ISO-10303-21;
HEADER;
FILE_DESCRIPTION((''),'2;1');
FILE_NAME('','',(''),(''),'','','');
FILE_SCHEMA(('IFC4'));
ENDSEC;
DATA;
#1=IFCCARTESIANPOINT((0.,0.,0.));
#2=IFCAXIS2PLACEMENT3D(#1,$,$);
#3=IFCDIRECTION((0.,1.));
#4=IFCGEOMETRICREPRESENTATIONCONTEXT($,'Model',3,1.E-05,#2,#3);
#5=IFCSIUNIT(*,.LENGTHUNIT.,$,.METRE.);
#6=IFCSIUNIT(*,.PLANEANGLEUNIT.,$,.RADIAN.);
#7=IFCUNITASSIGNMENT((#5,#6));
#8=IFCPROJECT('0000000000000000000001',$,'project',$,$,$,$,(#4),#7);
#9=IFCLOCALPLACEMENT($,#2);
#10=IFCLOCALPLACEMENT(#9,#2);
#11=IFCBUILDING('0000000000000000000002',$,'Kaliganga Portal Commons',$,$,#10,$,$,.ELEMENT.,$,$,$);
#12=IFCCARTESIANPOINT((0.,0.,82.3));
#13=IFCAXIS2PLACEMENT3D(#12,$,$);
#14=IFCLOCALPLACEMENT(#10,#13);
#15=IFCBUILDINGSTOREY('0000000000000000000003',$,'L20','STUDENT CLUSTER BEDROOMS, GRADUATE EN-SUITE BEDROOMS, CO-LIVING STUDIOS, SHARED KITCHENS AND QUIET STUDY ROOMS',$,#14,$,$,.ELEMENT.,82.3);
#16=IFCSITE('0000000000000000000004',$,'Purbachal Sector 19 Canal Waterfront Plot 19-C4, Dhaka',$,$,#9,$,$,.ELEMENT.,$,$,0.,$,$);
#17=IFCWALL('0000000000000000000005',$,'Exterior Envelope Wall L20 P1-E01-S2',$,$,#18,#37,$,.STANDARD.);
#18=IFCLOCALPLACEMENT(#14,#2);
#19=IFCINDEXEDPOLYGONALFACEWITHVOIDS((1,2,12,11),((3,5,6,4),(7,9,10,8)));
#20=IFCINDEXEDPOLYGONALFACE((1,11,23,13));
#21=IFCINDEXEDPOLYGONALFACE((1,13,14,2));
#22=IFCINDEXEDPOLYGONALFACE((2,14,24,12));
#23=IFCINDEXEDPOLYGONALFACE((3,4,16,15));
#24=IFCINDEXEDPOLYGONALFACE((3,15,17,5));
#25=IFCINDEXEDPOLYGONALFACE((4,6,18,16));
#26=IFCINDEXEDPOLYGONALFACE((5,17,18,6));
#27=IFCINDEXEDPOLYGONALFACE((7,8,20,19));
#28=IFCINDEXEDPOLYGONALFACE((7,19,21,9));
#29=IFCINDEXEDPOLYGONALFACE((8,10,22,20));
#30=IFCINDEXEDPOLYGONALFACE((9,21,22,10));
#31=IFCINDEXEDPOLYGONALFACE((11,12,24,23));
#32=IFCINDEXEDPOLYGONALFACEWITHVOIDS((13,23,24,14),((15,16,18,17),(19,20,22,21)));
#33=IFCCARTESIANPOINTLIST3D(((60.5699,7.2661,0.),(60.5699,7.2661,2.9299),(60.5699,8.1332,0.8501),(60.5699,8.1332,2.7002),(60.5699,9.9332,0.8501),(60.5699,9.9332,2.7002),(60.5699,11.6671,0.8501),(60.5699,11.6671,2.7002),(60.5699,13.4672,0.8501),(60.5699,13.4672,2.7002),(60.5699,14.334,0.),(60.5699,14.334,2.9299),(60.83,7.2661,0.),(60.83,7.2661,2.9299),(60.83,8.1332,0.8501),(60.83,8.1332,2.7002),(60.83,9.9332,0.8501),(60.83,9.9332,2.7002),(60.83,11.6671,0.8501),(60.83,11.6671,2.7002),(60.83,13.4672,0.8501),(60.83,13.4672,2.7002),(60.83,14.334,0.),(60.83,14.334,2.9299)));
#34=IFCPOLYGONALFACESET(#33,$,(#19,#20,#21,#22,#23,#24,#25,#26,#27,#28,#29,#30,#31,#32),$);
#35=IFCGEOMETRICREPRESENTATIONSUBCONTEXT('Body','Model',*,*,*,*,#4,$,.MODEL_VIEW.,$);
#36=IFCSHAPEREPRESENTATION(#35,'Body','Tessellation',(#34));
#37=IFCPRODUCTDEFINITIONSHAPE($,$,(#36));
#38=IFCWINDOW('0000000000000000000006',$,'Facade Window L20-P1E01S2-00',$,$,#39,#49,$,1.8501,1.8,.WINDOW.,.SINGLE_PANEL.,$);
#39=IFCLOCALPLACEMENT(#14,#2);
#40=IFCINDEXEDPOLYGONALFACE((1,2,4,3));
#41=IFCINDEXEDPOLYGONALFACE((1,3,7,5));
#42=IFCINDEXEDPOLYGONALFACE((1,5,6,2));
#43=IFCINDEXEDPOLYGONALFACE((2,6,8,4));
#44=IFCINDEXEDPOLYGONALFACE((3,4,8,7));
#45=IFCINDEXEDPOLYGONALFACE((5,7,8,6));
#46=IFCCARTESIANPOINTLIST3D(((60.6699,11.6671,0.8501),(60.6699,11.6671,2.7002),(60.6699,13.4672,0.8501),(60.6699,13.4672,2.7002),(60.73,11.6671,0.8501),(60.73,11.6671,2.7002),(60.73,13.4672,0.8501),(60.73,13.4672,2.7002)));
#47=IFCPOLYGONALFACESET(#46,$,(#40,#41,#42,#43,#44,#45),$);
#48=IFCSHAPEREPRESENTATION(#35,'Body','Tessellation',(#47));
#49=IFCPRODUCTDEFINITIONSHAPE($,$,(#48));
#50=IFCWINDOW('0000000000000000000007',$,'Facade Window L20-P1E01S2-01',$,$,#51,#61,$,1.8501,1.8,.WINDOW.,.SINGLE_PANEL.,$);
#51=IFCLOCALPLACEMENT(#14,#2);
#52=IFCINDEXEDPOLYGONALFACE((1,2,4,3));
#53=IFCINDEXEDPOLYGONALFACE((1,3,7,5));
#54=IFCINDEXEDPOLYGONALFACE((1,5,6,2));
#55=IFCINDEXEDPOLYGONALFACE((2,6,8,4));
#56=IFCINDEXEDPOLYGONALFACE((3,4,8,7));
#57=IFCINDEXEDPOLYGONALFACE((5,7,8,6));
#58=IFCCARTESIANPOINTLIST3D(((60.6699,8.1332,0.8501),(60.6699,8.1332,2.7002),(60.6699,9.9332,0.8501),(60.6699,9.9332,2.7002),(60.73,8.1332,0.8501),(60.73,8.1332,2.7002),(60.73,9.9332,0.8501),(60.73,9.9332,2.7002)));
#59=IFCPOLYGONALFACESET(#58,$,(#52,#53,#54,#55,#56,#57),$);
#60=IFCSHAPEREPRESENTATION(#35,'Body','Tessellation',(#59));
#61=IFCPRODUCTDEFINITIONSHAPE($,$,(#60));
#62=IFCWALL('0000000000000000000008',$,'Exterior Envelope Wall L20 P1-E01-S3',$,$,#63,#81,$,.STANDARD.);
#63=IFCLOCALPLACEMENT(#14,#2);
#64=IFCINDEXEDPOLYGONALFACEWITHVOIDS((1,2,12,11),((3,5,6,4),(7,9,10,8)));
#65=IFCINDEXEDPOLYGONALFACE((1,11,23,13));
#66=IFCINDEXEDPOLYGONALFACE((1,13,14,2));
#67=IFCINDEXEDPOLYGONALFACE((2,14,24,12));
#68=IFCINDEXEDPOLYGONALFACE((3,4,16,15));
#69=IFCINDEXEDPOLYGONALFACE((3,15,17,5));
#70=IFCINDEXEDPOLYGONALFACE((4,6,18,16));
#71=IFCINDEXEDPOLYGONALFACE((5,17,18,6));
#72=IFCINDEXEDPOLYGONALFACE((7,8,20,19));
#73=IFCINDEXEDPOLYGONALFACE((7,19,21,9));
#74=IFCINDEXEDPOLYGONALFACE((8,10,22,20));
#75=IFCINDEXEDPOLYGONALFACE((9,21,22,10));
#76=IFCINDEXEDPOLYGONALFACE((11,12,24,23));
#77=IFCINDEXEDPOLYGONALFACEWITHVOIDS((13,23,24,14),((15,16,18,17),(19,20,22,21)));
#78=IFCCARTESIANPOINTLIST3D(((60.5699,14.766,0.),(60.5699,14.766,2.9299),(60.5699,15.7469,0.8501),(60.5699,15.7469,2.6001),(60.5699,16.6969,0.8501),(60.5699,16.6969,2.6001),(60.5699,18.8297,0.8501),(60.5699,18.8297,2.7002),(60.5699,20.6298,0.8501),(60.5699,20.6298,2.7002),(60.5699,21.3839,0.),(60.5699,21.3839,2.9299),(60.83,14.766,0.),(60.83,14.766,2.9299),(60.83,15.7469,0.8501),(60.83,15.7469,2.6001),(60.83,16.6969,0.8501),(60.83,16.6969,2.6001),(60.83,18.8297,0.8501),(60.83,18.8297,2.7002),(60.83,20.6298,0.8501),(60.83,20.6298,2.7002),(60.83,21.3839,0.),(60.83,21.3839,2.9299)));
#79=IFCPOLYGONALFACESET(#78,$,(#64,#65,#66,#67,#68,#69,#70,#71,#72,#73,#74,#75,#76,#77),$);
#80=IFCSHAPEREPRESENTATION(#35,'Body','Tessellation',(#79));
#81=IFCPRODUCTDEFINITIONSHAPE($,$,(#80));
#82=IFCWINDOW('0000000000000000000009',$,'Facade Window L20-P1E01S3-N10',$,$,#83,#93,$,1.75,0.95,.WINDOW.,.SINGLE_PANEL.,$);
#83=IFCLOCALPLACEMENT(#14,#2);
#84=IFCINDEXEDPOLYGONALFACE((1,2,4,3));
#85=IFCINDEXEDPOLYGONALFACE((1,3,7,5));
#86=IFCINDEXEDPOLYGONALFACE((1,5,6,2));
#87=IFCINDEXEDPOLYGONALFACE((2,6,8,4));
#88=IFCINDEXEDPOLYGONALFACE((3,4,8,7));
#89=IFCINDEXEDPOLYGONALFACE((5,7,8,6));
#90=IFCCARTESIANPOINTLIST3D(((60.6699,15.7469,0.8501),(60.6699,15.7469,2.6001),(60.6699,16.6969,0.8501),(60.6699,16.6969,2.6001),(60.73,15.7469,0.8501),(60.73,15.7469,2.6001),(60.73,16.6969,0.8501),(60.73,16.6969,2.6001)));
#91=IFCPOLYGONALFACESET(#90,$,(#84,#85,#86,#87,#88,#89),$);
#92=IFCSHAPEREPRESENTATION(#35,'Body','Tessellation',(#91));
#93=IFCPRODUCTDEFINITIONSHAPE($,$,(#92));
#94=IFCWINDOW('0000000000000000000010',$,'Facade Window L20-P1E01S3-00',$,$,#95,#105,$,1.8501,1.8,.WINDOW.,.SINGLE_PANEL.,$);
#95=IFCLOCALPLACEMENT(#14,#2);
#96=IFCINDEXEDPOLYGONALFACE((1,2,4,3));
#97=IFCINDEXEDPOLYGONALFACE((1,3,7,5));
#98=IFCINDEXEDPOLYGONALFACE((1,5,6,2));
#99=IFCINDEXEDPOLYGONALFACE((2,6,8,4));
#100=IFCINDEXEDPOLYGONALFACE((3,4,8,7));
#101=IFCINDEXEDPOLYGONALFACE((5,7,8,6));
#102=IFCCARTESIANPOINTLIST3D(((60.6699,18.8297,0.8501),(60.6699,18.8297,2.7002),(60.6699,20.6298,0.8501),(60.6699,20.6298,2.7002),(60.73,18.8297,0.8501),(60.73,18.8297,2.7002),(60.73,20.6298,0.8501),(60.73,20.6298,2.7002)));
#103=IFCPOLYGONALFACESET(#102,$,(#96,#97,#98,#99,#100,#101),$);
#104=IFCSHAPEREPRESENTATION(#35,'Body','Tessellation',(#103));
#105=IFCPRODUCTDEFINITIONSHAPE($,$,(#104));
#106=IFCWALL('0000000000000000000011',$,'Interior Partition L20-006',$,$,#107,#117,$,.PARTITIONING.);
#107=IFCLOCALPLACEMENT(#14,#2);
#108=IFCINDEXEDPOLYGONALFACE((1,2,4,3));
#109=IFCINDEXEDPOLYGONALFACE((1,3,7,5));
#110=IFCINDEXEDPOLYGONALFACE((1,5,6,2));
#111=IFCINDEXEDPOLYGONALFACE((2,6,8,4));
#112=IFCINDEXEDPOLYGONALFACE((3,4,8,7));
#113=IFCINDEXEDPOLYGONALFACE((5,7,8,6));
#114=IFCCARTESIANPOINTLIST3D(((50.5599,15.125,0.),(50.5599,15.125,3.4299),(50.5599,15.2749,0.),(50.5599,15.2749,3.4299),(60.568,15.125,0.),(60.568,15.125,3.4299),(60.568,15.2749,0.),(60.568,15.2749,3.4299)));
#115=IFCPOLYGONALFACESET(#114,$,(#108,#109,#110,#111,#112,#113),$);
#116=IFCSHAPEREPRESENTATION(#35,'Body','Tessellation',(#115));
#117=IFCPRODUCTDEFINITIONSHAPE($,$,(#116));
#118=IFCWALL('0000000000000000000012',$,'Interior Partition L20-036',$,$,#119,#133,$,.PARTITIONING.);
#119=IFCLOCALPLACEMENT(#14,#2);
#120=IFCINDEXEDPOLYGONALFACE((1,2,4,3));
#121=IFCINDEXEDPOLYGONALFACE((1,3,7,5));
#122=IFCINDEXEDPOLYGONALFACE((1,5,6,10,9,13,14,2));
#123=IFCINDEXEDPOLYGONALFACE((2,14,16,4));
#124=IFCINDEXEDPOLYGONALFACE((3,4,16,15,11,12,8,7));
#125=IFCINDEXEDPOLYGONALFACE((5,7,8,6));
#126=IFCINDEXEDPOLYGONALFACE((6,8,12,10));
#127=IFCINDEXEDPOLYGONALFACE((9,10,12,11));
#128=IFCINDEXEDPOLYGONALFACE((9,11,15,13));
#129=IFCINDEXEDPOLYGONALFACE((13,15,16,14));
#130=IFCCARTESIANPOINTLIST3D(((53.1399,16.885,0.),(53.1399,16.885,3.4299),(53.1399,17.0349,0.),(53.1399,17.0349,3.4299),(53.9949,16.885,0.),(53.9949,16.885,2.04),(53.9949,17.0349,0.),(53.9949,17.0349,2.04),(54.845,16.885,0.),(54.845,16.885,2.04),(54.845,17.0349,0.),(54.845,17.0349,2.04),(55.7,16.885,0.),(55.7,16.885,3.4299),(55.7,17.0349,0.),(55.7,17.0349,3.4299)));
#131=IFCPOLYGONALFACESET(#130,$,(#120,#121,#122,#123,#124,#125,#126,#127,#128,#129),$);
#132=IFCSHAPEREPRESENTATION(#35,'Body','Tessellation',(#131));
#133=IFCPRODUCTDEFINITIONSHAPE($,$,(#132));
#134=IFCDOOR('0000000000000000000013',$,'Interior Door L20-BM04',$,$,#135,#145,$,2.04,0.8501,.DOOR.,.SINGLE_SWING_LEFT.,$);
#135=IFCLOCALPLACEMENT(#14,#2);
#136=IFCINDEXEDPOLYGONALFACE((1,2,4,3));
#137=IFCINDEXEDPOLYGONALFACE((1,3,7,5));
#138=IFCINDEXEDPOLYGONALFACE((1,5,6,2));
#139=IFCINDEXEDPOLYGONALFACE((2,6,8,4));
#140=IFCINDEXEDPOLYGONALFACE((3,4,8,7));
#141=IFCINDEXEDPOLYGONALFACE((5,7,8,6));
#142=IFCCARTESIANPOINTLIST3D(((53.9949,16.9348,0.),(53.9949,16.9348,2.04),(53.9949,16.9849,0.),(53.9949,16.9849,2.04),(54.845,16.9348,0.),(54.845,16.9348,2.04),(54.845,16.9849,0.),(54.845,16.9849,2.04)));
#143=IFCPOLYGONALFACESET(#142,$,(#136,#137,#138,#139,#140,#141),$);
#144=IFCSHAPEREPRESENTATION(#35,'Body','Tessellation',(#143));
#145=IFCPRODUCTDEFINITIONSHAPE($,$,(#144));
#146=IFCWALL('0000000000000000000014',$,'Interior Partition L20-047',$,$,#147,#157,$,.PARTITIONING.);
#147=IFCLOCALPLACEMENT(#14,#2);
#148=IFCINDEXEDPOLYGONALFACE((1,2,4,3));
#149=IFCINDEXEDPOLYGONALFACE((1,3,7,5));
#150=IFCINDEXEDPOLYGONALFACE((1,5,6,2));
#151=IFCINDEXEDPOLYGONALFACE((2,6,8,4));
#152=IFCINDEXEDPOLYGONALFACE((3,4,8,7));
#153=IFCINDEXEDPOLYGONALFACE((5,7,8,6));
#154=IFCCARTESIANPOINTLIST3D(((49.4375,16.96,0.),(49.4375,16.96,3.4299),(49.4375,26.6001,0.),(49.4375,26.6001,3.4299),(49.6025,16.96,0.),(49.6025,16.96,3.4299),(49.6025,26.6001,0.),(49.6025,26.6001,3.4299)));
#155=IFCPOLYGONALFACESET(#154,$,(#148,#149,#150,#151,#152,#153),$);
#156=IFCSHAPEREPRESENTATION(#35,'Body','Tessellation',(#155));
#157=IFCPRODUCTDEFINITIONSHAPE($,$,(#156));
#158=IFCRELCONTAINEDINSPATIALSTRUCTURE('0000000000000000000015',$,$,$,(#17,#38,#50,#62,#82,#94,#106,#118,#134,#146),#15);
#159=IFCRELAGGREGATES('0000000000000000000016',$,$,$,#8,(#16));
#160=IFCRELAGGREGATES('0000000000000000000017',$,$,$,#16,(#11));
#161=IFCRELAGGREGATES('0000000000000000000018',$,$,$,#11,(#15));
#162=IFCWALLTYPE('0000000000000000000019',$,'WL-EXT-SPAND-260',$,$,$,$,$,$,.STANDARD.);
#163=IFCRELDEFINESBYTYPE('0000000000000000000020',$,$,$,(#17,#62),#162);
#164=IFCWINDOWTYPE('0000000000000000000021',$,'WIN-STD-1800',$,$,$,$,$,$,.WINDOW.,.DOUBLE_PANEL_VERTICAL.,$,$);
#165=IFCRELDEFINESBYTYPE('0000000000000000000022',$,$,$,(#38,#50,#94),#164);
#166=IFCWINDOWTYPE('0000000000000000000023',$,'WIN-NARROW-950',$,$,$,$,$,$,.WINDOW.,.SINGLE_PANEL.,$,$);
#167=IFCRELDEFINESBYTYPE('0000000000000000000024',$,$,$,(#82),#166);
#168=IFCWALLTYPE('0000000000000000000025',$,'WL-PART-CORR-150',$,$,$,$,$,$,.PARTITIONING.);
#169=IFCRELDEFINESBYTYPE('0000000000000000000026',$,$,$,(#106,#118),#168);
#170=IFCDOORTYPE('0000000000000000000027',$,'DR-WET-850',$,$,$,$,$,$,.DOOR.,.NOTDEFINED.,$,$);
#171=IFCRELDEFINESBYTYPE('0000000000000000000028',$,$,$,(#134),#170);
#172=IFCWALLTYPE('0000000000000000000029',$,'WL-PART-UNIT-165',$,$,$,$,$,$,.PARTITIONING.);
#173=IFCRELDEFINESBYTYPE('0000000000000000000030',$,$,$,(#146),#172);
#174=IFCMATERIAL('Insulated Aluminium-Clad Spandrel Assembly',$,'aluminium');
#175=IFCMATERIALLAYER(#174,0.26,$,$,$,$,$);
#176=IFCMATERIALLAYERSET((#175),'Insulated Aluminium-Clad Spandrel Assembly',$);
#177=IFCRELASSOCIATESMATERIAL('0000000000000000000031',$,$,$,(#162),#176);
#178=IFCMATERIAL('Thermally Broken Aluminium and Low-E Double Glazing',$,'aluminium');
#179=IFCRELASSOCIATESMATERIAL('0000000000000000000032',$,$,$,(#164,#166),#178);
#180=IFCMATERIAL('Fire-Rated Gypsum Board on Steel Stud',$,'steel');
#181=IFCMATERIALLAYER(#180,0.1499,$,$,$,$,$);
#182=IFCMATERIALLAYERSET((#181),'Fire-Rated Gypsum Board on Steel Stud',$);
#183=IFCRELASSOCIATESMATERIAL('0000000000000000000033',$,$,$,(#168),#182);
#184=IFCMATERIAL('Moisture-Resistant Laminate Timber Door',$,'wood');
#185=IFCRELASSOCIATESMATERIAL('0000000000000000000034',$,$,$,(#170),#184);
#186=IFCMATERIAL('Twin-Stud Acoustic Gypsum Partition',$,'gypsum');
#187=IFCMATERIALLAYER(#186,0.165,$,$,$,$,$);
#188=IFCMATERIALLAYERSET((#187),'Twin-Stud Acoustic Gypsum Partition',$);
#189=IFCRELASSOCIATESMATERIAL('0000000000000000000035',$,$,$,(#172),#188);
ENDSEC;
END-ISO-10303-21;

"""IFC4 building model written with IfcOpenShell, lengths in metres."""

from ifc_helpers import new_model, si_unit, direction, frame, frame_2d, origin, place, context, subcontext, project, spatial, rectangle, extrude, material, layer, layer_set, type_object, element, fill, save


model = new_model("IFC4")

# Units and contexts
model_context = context("Model", 3, precision=1e-05, world=origin(), true_north=direction((0.0, 1.0)))
body_context = subcontext(model_context, "Body", "Model", "MODEL_VIEW")
ifc_project = project(units=[si_unit("LENGTHUNIT", "METRE"), si_unit("PLANEANGLEUNIT", "RADIAN")], contexts=[model_context])

# Site, building, storey
site_placement = place(None, origin())
site = spatial("IfcSite", under=ifc_project, at=site_placement, Name="Purbachal Sector 19 Canal Waterfront Plot 19-C4, Dhaka", CompositionType="ELEMENT", RefElevation=0.0)
building_placement = place(site_placement, origin())
building = spatial("IfcBuilding", under=site, at=building_placement, Name="Kaliganga Portal Commons", CompositionType="ELEMENT")
storey_placement = place(building_placement, frame((0.0, 0.0, 82.3)))
storey = spatial("IfcBuildingStorey", under=building, at=storey_placement, Name="L20", Description="STUDENT CLUSTER BEDROOMS, GRADUATE EN-SUITE BEDROOMS, CO-LIVING STUDIOS, SHARED KITCHENS AND QUIET STUDY ROOMS", CompositionType="ELEMENT", Elevation=82.3)

# Walls, openings, windows
ifc_material_1 = material(Name="Insulated Aluminium-Clad Spandrel Assembly", Category="aluminium")
ifc_layer_1 = layer(ifc_material_1, 0.26)
ifc_layer_set_1 = layer_set([ifc_layer_1], Name="Insulated Aluminium-Clad Spandrel Assembly")
wall_type_1 = type_object("IfcWallType", Name="WL-EXT-SPAND-260", PredefinedType="STANDARD", material=ifc_layer_set_1)
wall_1_placement = place(storey_placement, frame((60.7, 14.334, 0.0), z_axis=(0.0, 0.0, 1.0), x_axis=(0.0, -1.0, 0.0)))
wall_1 = element("IfcWall", 1, at=wall_1_placement, inside=storey, type_object=wall_type_1, Name="Exterior Envelope Wall L20 P1-E01-S2", PredefinedType="STANDARD", context=body_context, shape_type="SweptSolid", body=[
    extrude(rectangle(XDim=7.0679, YDim=0.26, at=frame_2d((3.5339, 0.0))), origin(), (0.0, 0.0, 1.0), 2.9299),
])
opening_1_placement = place(wall_1_placement, frame((0.8669, 0.0, 0.8501)))
opening_1 = element("IfcOpeningElement", 2, at=opening_1_placement, cuts=wall_1, PredefinedType="OPENING", context=body_context, shape_type="SweptSolid", body=[
    extrude(rectangle(XDim=1.8, YDim=1.8501, at=frame_2d((0.8999, 0.925))), frame((0.0, 0.1401, 0.0), z_axis=(0.0, -1.0, 0.0), x_axis=(1.0, 0.0, 0.0)), (0.0, 0.0, 1.0), 0.28),
])
opening_2_placement = place(wall_1_placement, frame((4.4009, 0.0, 0.8501)))
opening_2 = element("IfcOpeningElement", 3, at=opening_2_placement, cuts=wall_1, PredefinedType="OPENING", context=body_context, shape_type="SweptSolid", body=[
    extrude(rectangle(XDim=1.8, YDim=1.8501, at=frame_2d((0.8999, 0.925))), frame((0.0, 0.1401, 0.0), z_axis=(0.0, -1.0, 0.0), x_axis=(1.0, 0.0, 0.0)), (0.0, 0.0, 1.0), 0.28),
])
ifc_material_2 = material(Name="Thermally Broken Aluminium and Low-E Double Glazing", Category="aluminium")
window_type_1 = type_object("IfcWindowType", Name="WIN-STD-1800", PartitioningType="DOUBLE_PANEL_VERTICAL", PredefinedType="WINDOW", material=ifc_material_2)
window_1_placement = place(opening_1_placement, origin())
window_1 = element("IfcWindow", 4, at=window_1_placement, inside=storey, type_object=window_type_1, Name="Facade Window L20-P1E01S2-00", OverallHeight=1.8501, OverallWidth=1.8, PartitioningType="SINGLE_PANEL", PredefinedType="WINDOW", context=body_context, shape_type="SweptSolid", body=[
    extrude(rectangle(XDim=1.8, YDim=1.8501, at=frame_2d((0.8999, 0.925))), frame((0.0, 0.03, 0.0), z_axis=(0.0, -1.0, 0.0), x_axis=(1.0, 0.0, 0.0)), (0.0, 0.0, 1.0), 0.0601),
])
fill(opening_1, window_1)
window_2_placement = place(opening_2_placement, origin())
window_2 = element("IfcWindow", 5, at=window_2_placement, inside=storey, type_object=window_type_1, Name="Facade Window L20-P1E01S2-01", OverallHeight=1.8501, OverallWidth=1.8, PartitioningType="SINGLE_PANEL", PredefinedType="WINDOW", context=body_context, shape_type="SweptSolid", body=[
    extrude(rectangle(XDim=1.8, YDim=1.8501, at=frame_2d((0.8999, 0.925))), frame((0.0, 0.03, 0.0), z_axis=(0.0, -1.0, 0.0), x_axis=(1.0, 0.0, 0.0)), (0.0, 0.0, 1.0), 0.0601),
])
fill(opening_2, window_2)
wall_2_placement = place(storey_placement, frame((60.7, 21.384, 0.0), z_axis=(0.0, 0.0, 1.0), x_axis=(0.0, -1.0, 0.0)))
wall_2 = element("IfcWall", 6, at=wall_2_placement, inside=storey, type_object=wall_type_1, Name="Exterior Envelope Wall L20 P1-E01-S3", PredefinedType="STANDARD", context=body_context, shape_type="SweptSolid", body=[
    extrude(rectangle(XDim=6.6179, YDim=0.26, at=frame_2d((3.3091, 0.0))), origin(), (0.0, 0.0, 1.0), 2.9299),
])
opening_3_placement = place(wall_2_placement, frame((0.7544, 0.0, 0.8501)))
opening_3 = element("IfcOpeningElement", 7, at=opening_3_placement, cuts=wall_2, PredefinedType="OPENING", context=body_context, shape_type="SweptSolid", body=[
    extrude(rectangle(XDim=1.8, YDim=1.8501, at=frame_2d((0.8999, 0.925))), frame((0.0, 0.1401, 0.0), z_axis=(0.0, -1.0, 0.0), x_axis=(1.0, 0.0, 0.0)), (0.0, 0.0, 1.0), 0.28),
])
opening_4_placement = place(wall_2_placement, frame((4.687, 0.0, 0.8501)))
opening_4 = element("IfcOpeningElement", 8, at=opening_4_placement, cuts=wall_2, PredefinedType="OPENING", context=body_context, shape_type="SweptSolid", body=[
    extrude(rectangle(XDim=0.95, YDim=1.75, at=frame_2d((0.4751, 0.875))), frame((0.0, 0.1401, 0.0), z_axis=(0.0, -1.0, 0.0), x_axis=(1.0, 0.0, 0.0)), (0.0, 0.0, 1.0), 0.28),
])
window_type_2 = type_object("IfcWindowType", Name="WIN-NARROW-950", PartitioningType="SINGLE_PANEL", PredefinedType="WINDOW", material=ifc_material_2)
window_3_placement = place(opening_4_placement, origin())
window_3 = element("IfcWindow", 9, at=window_3_placement, inside=storey, type_object=window_type_2, Name="Facade Window L20-P1E01S3-N10", OverallHeight=1.75, OverallWidth=0.95, PartitioningType="SINGLE_PANEL", PredefinedType="WINDOW", context=body_context, shape_type="SweptSolid", body=[
    extrude(rectangle(XDim=0.95, YDim=1.75, at=frame_2d((0.4751, 0.875))), frame((0.0, 0.03, 0.0), z_axis=(0.0, -1.0, 0.0), x_axis=(1.0, 0.0, 0.0)), (0.0, 0.0, 1.0), 0.0601),
])
fill(opening_4, window_3)
window_4_placement = place(opening_3_placement, origin())
window_4 = element("IfcWindow", 10, at=window_4_placement, inside=storey, type_object=window_type_1, Name="Facade Window L20-P1E01S3-00", OverallHeight=1.8501, OverallWidth=1.8, PartitioningType="SINGLE_PANEL", PredefinedType="WINDOW", context=body_context, shape_type="SweptSolid", body=[
    extrude(rectangle(XDim=1.8, YDim=1.8501, at=frame_2d((0.8999, 0.925))), frame((0.0, 0.03, 0.0), z_axis=(0.0, -1.0, 0.0), x_axis=(1.0, 0.0, 0.0)), (0.0, 0.0, 1.0), 0.0601),
])
fill(opening_3, window_4)

# Wall
ifc_material_3 = material(Name="Fire-Rated Gypsum Board on Steel Stud", Category="steel")
ifc_layer_2 = layer(ifc_material_3, 0.1499)
ifc_layer_set_2 = layer_set([ifc_layer_2], Name="Fire-Rated Gypsum Board on Steel Stud")
wall_type_2 = type_object("IfcWallType", Name="WL-PART-CORR-150", PredefinedType="PARTITIONING", material=ifc_layer_set_2)
wall_3_placement = place(storey_placement, frame((50.5601, 15.2, 0.0), z_axis=(0.0, 0.0, 1.0), x_axis=(1.0, 0.0, 0.0)))
element("IfcWall", 11, at=wall_3_placement, inside=storey, type_object=wall_type_2, Name="Interior Partition L20-006", PredefinedType="PARTITIONING", context=body_context, shape_type="SweptSolid", body=[
    extrude(rectangle(XDim=10.0081, YDim=0.1499, at=frame_2d((5.0039, 0.0))), origin(), (0.0, 0.0, 1.0), 3.4299),
])

# Wall, opening, door
wall_4_placement = place(storey_placement, frame((53.1399, 16.96, 0.0), z_axis=(0.0, 0.0, 1.0), x_axis=(1.0, 0.0, 0.0)))
wall_4 = element("IfcWall", 12, at=wall_4_placement, inside=storey, type_object=wall_type_2, Name="Interior Partition L20-036", PredefinedType="PARTITIONING", context=body_context, shape_type="SweptSolid", body=[
    extrude(rectangle(XDim=2.5601, YDim=0.1499, at=frame_2d((1.28, 0.0))), origin(), (0.0, 0.0, 1.0), 3.4299),
])
opening_5_placement = place(wall_4_placement, frame((0.855, 0.0, 0.0)))
opening_5 = element("IfcOpeningElement", 13, at=opening_5_placement, cuts=wall_4, PredefinedType="OPENING", context=body_context, shape_type="SweptSolid", body=[
    extrude(rectangle(XDim=0.8501, YDim=2.04, at=frame_2d((0.425, 1.02))), frame((0.0, 0.085, 0.0), z_axis=(0.0, -1.0, 0.0), x_axis=(1.0, 0.0, 0.0)), (0.0, 0.0, 1.0), 0.1699),
])
ifc_material_4 = material(Name="Moisture-Resistant Laminate Timber Door", Category="wood")
door_type_1 = type_object("IfcDoorType", Name="DR-WET-850", OperationType="NOTDEFINED", PredefinedType="DOOR", material=ifc_material_4)
door_1_placement = place(opening_5_placement, origin())
door_1 = element("IfcDoor", 14, at=door_1_placement, inside=storey, type_object=door_type_1, Name="Interior Door L20-BM04", OperationType="SINGLE_SWING_LEFT", OverallHeight=2.04, OverallWidth=0.8501, PredefinedType="DOOR", context=body_context, shape_type="SweptSolid", body=[
    extrude(rectangle(XDim=0.8501, YDim=2.04, at=frame_2d((0.425, 1.02))), frame((0.0, 0.0249, 0.0), z_axis=(0.0, -1.0, 0.0), x_axis=(1.0, 0.0, 0.0)), (0.0, 0.0, 1.0), 0.05),
])
fill(opening_5, door_1)

# Wall
ifc_material_5 = material(Name="Twin-Stud Acoustic Gypsum Partition", Category="gypsum")
ifc_layer_3 = layer(ifc_material_5, 0.165)
ifc_layer_set_3 = layer_set([ifc_layer_3], Name="Twin-Stud Acoustic Gypsum Partition")
wall_type_3 = type_object("IfcWallType", Name="WL-PART-UNIT-165", PredefinedType="PARTITIONING", material=ifc_layer_set_3)
wall_5_placement = place(storey_placement, frame((49.52, 16.96, 0.0), z_axis=(0.0, 0.0, 1.0), x_axis=(0.0, 1.0, 0.0)))
element("IfcWall", 15, at=wall_5_placement, inside=storey, type_object=wall_type_3, Name="Interior Partition L20-047", PredefinedType="PARTITIONING", context=body_context, shape_type="SweptSolid", body=[
    extrude(rectangle(XDim=9.6401, YDim=0.165, at=frame_2d((4.8201, 0.0))), origin(), (0.0, 0.0, 1.0), 3.4299),
])

save(model, "model.ifc")
